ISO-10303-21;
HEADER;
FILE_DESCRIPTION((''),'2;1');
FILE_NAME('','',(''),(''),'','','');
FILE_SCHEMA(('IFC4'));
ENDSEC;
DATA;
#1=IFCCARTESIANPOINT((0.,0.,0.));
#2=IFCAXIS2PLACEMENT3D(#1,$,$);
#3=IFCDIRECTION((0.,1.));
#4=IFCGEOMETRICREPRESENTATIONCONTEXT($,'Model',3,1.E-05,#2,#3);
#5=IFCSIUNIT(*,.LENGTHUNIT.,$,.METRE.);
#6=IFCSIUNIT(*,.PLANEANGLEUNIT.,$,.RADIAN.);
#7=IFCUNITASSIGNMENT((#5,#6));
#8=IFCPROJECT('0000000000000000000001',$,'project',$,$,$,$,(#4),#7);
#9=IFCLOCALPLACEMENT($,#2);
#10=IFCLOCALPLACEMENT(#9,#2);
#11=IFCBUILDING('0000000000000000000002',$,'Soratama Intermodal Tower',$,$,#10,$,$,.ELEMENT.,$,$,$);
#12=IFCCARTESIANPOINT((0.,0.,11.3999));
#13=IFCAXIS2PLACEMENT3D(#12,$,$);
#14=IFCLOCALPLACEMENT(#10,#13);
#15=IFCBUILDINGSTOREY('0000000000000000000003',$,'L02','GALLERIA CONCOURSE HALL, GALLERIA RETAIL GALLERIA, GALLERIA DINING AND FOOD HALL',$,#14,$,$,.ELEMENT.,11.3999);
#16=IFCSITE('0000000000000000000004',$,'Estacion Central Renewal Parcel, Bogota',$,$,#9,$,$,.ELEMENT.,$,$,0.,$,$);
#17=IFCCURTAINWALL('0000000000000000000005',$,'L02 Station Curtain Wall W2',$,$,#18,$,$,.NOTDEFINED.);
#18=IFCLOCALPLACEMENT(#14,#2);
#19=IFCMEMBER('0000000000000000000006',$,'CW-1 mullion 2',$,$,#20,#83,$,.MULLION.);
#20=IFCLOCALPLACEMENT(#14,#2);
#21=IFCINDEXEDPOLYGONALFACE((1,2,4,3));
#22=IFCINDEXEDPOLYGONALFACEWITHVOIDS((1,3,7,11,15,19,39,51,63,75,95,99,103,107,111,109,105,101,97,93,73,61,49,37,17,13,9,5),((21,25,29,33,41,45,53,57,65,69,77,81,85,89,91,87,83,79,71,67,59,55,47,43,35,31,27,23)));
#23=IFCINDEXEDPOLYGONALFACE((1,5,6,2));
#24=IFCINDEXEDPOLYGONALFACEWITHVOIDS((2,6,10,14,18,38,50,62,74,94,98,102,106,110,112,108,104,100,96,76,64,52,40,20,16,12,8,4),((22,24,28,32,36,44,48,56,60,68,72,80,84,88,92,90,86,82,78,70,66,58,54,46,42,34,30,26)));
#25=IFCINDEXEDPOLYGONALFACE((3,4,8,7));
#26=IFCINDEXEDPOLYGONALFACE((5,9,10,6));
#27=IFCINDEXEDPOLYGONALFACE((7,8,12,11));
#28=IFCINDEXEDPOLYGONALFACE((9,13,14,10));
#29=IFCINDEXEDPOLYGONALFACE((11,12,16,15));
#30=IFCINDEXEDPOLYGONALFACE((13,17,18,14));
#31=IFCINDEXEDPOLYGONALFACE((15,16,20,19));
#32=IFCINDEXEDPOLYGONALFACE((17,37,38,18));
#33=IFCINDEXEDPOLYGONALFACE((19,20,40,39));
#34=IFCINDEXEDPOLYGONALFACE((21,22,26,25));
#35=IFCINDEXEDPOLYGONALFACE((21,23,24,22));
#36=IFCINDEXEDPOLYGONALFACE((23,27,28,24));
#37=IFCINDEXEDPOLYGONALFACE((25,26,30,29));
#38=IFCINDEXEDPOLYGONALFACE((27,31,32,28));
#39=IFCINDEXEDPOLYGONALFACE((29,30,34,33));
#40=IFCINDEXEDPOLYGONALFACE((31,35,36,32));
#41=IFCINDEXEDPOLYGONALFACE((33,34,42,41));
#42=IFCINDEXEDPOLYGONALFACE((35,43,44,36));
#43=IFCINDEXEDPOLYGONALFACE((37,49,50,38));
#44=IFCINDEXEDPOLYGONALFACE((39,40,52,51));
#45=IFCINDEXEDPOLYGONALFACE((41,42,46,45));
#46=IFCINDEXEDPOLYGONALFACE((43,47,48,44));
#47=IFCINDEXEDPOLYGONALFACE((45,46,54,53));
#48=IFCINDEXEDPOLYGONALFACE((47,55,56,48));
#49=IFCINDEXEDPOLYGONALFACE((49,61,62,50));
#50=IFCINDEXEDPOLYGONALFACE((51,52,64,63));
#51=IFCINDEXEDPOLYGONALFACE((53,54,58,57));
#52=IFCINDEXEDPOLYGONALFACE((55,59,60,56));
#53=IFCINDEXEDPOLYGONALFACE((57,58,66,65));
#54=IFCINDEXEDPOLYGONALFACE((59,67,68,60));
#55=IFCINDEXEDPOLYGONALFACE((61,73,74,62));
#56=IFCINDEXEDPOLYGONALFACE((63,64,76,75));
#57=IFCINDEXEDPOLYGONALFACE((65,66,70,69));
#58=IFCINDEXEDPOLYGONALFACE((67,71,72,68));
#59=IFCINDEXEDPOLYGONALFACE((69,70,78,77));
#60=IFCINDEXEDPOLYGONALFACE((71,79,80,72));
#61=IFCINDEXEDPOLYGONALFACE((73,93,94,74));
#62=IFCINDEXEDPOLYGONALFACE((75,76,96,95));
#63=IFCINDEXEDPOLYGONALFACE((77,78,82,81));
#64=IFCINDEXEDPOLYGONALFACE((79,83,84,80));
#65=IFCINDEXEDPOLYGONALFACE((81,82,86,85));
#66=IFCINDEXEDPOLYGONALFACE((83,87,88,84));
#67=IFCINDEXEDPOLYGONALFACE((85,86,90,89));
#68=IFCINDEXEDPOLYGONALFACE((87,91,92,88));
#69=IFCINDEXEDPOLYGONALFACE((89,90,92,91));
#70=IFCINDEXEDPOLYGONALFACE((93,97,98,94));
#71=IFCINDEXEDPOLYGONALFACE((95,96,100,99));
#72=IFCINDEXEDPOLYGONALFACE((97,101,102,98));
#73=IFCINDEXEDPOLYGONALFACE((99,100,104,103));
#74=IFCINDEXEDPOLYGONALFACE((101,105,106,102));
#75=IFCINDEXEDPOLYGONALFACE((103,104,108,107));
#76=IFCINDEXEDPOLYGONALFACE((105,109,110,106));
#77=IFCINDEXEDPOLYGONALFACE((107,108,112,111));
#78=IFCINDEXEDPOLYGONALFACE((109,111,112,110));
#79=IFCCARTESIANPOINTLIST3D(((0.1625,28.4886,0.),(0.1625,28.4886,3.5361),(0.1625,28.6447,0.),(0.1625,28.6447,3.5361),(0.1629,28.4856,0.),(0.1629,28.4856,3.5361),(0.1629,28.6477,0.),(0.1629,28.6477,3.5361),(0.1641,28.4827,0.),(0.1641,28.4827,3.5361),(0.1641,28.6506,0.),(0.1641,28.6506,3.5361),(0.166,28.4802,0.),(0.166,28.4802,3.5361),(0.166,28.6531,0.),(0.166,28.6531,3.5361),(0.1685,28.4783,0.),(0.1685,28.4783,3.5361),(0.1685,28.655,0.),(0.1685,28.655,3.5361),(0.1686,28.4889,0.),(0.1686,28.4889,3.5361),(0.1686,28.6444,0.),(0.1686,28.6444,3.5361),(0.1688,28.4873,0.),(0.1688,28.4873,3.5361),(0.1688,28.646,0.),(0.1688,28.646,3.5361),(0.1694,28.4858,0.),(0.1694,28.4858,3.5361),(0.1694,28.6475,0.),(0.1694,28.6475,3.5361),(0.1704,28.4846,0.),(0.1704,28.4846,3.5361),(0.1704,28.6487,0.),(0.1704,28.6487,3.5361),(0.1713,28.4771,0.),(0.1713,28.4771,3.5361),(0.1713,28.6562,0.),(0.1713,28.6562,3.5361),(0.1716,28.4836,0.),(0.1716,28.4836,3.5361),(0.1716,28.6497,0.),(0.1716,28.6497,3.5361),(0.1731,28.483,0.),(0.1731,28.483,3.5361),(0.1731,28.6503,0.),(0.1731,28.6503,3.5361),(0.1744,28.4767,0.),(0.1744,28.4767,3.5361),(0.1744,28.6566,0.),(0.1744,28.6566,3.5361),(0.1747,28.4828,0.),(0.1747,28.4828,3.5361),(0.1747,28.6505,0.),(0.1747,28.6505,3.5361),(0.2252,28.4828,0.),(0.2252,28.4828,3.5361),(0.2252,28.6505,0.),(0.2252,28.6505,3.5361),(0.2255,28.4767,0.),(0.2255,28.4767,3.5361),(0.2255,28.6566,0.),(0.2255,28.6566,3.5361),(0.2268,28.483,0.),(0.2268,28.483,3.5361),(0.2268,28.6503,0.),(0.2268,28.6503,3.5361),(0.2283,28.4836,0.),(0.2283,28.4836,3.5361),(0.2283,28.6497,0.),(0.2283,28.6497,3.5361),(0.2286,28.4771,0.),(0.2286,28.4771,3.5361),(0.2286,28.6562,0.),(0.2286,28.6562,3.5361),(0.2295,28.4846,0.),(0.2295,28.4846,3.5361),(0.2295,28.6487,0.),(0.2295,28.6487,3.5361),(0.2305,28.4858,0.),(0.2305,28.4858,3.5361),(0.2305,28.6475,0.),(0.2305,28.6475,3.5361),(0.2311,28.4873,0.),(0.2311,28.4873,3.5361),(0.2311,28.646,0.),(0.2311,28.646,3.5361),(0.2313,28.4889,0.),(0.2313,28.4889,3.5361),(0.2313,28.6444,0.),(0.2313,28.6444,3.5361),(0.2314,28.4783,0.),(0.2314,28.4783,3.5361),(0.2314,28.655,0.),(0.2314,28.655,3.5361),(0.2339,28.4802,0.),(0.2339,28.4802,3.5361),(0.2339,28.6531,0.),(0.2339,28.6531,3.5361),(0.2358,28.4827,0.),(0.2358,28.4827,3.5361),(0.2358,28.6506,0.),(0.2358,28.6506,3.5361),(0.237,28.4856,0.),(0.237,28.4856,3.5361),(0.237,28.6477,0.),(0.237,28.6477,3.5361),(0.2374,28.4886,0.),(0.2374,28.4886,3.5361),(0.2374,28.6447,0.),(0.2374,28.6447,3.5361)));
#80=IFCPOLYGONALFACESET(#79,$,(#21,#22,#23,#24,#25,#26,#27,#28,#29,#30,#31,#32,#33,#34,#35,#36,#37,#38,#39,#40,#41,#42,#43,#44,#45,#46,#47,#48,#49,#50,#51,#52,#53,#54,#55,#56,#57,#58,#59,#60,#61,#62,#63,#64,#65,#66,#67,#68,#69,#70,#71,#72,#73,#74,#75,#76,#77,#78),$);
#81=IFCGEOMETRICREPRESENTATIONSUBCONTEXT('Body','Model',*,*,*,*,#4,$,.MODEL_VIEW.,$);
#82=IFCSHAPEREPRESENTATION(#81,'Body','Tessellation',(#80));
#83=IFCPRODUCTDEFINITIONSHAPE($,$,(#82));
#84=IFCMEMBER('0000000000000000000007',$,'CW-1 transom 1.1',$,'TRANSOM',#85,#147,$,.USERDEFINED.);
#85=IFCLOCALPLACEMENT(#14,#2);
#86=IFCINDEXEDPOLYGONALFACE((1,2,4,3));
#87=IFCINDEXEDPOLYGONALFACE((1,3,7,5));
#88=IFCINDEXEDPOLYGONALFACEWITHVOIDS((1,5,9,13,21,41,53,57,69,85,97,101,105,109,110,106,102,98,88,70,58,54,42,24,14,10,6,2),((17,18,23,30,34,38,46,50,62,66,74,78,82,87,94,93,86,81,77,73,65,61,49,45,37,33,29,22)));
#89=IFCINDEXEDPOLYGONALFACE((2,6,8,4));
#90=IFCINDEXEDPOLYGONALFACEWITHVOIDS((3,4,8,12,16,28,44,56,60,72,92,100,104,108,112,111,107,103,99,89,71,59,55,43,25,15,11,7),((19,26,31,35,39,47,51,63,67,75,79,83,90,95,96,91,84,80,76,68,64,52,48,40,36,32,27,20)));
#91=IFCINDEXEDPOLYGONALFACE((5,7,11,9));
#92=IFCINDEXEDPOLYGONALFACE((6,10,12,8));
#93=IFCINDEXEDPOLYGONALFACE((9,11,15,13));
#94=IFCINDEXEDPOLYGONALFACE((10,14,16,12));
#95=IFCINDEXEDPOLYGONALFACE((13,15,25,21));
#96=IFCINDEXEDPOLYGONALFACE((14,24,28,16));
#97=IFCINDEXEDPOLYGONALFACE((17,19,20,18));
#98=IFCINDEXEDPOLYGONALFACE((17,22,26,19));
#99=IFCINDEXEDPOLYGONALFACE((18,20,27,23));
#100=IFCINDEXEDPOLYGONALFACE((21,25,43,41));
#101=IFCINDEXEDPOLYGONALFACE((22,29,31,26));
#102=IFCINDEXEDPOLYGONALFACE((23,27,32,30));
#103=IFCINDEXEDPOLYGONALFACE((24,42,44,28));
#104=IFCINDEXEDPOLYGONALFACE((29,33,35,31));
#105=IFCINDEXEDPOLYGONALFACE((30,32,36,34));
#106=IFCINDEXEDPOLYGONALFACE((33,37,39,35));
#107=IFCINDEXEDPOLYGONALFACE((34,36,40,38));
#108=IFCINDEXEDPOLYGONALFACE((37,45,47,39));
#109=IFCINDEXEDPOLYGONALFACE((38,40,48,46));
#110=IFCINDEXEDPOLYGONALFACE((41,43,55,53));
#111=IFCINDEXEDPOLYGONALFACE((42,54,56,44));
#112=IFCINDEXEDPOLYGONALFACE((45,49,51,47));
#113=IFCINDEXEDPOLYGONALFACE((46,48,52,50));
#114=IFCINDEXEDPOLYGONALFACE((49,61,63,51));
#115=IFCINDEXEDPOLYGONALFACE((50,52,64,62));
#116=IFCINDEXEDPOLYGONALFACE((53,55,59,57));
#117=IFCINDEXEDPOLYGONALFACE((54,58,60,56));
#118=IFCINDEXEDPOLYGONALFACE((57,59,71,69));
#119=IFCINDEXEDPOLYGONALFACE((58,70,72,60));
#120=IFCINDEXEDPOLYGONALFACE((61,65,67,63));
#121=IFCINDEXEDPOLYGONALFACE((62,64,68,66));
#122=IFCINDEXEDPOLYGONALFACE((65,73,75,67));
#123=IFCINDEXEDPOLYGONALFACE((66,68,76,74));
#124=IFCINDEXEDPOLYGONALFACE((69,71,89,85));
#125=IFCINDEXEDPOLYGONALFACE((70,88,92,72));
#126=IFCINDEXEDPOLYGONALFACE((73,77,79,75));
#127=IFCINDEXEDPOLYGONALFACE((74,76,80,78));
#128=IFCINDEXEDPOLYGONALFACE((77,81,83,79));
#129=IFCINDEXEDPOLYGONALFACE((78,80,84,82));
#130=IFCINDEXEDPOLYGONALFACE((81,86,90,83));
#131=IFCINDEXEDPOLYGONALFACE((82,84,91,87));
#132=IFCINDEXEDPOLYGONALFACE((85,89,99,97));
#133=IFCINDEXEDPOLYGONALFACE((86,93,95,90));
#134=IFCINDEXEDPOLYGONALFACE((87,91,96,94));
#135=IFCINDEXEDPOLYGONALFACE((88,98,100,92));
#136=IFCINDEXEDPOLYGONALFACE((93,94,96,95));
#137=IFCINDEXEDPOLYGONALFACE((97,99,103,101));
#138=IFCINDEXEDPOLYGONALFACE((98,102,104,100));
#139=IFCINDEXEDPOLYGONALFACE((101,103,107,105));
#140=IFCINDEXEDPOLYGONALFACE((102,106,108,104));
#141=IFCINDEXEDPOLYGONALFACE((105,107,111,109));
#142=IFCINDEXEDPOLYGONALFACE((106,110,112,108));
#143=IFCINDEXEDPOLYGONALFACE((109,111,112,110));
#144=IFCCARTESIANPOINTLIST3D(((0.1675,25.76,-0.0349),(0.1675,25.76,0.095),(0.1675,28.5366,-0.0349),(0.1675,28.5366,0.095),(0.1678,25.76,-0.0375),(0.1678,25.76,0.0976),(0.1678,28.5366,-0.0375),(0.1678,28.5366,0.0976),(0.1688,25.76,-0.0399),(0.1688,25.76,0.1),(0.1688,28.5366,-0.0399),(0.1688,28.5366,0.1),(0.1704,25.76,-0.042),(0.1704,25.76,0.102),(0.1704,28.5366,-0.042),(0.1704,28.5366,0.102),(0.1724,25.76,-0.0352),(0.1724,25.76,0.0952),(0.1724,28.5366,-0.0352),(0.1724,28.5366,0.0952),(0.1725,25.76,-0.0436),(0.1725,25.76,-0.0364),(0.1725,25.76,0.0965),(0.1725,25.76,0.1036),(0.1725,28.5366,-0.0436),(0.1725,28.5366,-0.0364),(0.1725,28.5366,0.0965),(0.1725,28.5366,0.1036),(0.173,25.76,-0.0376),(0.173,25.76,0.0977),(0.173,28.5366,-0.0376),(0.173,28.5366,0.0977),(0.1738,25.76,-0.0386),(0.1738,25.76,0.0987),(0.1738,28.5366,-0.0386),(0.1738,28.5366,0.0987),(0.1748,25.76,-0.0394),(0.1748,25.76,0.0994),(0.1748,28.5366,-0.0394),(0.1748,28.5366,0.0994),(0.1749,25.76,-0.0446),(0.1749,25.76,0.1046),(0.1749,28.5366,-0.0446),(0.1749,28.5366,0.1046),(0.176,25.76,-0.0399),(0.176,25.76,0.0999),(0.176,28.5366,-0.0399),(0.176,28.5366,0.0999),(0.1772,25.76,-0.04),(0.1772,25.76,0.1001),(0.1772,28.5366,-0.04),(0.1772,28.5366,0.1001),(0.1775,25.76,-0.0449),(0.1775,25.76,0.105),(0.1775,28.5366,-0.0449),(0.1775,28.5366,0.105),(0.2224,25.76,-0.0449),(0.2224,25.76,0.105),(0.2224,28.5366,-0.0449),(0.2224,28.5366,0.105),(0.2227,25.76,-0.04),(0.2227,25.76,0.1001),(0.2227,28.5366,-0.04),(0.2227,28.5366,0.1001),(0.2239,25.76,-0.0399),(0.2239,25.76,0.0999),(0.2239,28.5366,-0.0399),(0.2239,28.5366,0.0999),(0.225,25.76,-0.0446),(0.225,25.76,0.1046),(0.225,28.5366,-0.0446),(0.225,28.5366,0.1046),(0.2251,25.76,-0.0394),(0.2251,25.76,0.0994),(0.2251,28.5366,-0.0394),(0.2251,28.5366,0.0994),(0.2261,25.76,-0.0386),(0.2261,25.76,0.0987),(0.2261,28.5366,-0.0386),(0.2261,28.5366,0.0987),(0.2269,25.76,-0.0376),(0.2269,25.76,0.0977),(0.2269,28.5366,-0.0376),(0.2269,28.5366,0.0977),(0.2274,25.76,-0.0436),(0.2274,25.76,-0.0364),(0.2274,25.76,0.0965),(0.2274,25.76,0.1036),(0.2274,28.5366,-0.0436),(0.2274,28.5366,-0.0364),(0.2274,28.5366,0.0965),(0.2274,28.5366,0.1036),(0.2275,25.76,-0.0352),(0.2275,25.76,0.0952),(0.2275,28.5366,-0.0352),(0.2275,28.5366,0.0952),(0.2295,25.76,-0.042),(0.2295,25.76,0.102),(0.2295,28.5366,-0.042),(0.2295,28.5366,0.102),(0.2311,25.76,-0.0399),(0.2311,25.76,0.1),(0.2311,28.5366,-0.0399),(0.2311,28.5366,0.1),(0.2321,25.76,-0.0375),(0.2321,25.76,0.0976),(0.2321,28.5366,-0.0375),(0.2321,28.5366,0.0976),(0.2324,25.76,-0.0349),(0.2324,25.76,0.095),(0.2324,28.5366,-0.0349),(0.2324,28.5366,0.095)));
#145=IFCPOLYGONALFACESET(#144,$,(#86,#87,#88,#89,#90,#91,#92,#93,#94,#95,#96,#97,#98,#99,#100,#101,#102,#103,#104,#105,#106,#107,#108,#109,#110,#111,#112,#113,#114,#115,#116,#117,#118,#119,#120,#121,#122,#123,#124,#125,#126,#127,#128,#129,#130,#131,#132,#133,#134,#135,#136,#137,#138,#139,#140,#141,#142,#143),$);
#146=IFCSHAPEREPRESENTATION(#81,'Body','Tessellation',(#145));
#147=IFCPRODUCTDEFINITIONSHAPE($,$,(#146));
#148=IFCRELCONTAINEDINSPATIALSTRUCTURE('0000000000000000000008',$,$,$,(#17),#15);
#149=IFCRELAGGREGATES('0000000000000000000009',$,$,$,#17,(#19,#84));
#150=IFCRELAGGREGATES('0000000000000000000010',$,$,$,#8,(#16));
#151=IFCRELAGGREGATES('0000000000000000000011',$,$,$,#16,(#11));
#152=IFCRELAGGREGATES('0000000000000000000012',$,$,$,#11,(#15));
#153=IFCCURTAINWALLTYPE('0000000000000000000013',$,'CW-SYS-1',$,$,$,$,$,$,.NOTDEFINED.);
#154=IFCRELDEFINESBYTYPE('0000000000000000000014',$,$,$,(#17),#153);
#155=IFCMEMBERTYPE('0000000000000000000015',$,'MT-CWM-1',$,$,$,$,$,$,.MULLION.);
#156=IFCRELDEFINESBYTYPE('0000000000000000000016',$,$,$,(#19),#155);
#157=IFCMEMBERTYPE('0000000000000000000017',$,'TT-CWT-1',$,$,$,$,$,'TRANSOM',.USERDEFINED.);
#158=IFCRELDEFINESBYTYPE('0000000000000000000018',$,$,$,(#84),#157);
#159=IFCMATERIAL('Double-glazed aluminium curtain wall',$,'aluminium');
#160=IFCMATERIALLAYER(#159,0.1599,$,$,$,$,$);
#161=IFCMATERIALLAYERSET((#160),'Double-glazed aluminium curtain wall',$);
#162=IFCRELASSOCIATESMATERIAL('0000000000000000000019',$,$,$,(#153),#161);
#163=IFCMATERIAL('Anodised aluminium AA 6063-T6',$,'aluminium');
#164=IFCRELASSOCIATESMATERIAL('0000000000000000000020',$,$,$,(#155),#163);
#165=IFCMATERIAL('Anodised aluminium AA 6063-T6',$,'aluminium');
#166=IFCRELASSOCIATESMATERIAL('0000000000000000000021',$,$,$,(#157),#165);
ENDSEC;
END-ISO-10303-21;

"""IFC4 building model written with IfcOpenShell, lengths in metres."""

from ifc_helpers import new_model, si_unit, direction, frame, origin, origin_2d, place, context, subcontext, project, spatial, hollow_rectangle, extrude, material, layer, layer_set, material_profile, profile_set, type_object, element, aggregate, save


model = new_model("IFC4")

# Units and contexts
model_context = context("Model", 3, precision=1e-05, world=origin(), true_north=direction((0.0, 1.0)))
body_context = subcontext(model_context, "Body", "Model", "MODEL_VIEW")
ifc_project = project(units=[si_unit("LENGTHUNIT", "METRE"), si_unit("PLANEANGLEUNIT", "RADIAN")], contexts=[model_context])

# Site, building, storey
site_placement = place(None, origin())
site = spatial("IfcSite", under=ifc_project, at=site_placement, Name="Estacion Central Renewal Parcel, Bogota", CompositionType="ELEMENT", RefElevation=0.0)
building_placement = place(site_placement, origin())
building = spatial("IfcBuilding", under=site, at=building_placement, Name="Soratama Intermodal Tower", CompositionType="ELEMENT")
storey_placement = place(building_placement, frame((0.0, 0.0, 11.3999)))
storey = spatial("IfcBuildingStorey", under=building, at=storey_placement, Name="L02", Description="GALLERIA CONCOURSE HALL, GALLERIA RETAIL GALLERIA, GALLERIA DINING AND FOOD HALL", CompositionType="ELEMENT", Elevation=11.3999)

# Shared definitions
ifc_material_1 = material(Name="Double-glazed aluminium curtain wall", Category="aluminium")
ifc_layer_1 = layer(ifc_material_1, 0.1599)
ifc_layer_set_1 = layer_set([ifc_layer_1], Name="Double-glazed aluminium curtain wall")
curtain_wall_type = type_object("IfcCurtainWallType", Name="CW-SYS-1", PredefinedType="NOTDEFINED", material=ifc_layer_set_1)
ifc_material_2 = material(Name="Anodised aluminium AA 6063-T6", Category="aluminium")
ifc_material_profile_1 = material_profile(ifc_material_2, hollow_rectangle(XDim=0.075, YDim=0.1799, WallThickness=0.0061, InnerFilletRadius=0.0061, OuterFilletRadius=0.012, at=origin_2d()), Name="CWM180X75X6")
ifc_profile_set_1 = profile_set([ifc_material_profile_1], Name="Anodised aluminium AA 6063-T6")
member_type_1 = type_object("IfcMemberType", Name="MT-CWM-1", PredefinedType="MULLION", material=ifc_profile_set_1)

# Curtain wall, members
curtain_wall_1_placement = place(storey_placement, origin())
curtain_wall_1 = element("IfcCurtainWall", 1, at=curtain_wall_1_placement, inside=storey, type_object=curtain_wall_type, Name="L02 Station Curtain Wall W2", PredefinedType="NOTDEFINED")
member_1_placement = place(storey_placement, frame((0.2, 28.5667, 0.0), z_axis=(0.0, 0.0, 1.0), x_axis=(-1.0, 0.0, 0.0)))
member_1 = element("IfcMember", 2, at=member_1_placement, type_object=member_type_1, Name="CW-1 mullion 2", PredefinedType="MULLION", context=body_context, shape_type="SweptSolid", body=[
    extrude(hollow_rectangle(XDim=0.075, YDim=0.1799, WallThickness=0.0061, InnerFilletRadius=0.0061, OuterFilletRadius=0.012, at=origin_2d()), origin(), (0.0, 0.0, 1.0), 3.5361),
])
ifc_material_3 = material(Name="Anodised aluminium AA 6063-T6", Category="aluminium")
ifc_material_profile_2 = material_profile(ifc_material_3, hollow_rectangle(XDim=0.0649, YDim=0.1499, WallThickness=0.0049, InnerFilletRadius=0.0049, OuterFilletRadius=0.01, at=origin_2d()), Name="CWT150X65X5")
ifc_profile_set_2 = profile_set([ifc_material_profile_2], Name="Anodised aluminium AA 6063-T6")
member_type_2 = type_object("IfcMemberType", Name="TT-CWT-1", ElementType="TRANSOM", PredefinedType="USERDEFINED", material=ifc_profile_set_2)
member_2_placement = place(storey_placement, frame((0.2, 25.76, 0.03), z_axis=(0.0, 1.0, 0.0), x_axis=(-1.0, 0.0, 0.0)))
member_2 = element("IfcMember", 3, at=member_2_placement, type_object=member_type_2, Name="CW-1 transom 1.1", ObjectType="TRANSOM", PredefinedType="USERDEFINED", context=body_context, shape_type="SweptSolid", body=[
    extrude(hollow_rectangle(XDim=0.0649, YDim=0.1499, WallThickness=0.0049, InnerFilletRadius=0.0049, OuterFilletRadius=0.01, at=origin_2d()), origin(), (0.0, 0.0, 1.0), 2.7766),
])

aggregate(curtain_wall_1, [member_1, member_2])

save(model, "model.ifc")
